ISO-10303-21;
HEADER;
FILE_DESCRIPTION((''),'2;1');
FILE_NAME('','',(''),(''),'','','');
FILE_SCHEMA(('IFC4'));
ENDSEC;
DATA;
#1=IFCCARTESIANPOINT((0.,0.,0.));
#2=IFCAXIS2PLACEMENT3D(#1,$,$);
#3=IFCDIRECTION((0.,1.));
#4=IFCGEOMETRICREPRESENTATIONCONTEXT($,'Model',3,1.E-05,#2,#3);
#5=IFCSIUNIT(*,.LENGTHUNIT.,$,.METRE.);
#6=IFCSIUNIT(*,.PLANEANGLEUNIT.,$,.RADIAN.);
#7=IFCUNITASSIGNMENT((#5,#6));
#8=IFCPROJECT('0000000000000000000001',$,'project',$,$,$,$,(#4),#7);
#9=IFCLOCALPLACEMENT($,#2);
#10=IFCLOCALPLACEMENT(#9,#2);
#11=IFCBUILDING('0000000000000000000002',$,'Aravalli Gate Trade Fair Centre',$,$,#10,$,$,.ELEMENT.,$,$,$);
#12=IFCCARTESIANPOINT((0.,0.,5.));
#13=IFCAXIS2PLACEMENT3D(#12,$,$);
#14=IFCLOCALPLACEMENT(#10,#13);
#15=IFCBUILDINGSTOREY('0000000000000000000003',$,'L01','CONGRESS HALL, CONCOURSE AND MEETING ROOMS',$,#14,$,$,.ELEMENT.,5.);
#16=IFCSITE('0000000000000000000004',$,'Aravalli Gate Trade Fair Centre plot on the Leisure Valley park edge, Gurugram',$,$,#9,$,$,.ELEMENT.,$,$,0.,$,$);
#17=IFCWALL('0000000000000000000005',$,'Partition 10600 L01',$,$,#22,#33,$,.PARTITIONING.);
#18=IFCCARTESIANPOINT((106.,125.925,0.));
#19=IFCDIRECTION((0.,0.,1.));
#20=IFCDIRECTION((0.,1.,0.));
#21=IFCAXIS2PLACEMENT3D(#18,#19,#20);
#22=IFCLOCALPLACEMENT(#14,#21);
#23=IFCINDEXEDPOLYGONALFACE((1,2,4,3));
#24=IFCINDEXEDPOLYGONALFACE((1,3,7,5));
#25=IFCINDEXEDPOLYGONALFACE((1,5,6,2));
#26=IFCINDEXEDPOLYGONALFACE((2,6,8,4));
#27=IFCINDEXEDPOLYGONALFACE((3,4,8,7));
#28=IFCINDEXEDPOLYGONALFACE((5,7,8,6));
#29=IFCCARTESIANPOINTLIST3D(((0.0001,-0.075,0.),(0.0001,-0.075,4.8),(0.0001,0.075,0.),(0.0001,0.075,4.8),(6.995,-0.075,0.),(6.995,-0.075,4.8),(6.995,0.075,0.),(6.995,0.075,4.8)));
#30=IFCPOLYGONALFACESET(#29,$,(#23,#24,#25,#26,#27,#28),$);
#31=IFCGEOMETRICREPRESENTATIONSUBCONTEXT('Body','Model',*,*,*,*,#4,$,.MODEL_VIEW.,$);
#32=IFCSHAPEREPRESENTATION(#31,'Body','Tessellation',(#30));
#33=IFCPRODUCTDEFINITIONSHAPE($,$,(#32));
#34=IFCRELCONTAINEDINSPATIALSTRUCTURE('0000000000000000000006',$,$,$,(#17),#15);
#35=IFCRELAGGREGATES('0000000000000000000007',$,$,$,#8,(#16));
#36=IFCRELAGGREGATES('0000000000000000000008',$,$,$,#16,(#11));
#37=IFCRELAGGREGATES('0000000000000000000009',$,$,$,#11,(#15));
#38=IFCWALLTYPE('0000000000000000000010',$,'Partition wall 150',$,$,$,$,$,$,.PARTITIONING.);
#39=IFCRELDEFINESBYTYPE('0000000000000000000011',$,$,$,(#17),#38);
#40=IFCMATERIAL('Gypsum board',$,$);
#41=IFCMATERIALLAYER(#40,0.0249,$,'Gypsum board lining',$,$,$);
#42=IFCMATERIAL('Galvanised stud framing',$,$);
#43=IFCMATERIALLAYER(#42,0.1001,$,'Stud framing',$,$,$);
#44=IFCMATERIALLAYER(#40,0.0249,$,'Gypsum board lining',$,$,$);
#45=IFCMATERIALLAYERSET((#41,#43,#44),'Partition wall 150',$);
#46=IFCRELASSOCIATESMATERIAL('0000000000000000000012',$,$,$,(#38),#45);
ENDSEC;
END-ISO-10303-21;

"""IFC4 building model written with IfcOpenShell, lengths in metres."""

from ifc_helpers import new_model, si_unit, direction, frame, frame_2d, origin, place, context, subcontext, project, spatial, rectangle, extrude, material, layer, layer_set, type_object, element, save


model = new_model("IFC4")

# Units and contexts
model_context = context("Model", 3, precision=1e-05, world=origin(), true_north=direction((0.0, 1.0)))
body_context = subcontext(model_context, "Body", "Model", "MODEL_VIEW")
ifc_project = project(units=[si_unit("LENGTHUNIT", "METRE"), si_unit("PLANEANGLEUNIT", "RADIAN")], contexts=[model_context])

# Site, building, storey
site_placement = place(None, origin())
site = spatial("IfcSite", under=ifc_project, at=site_placement, Name="Aravalli Gate Trade Fair Centre plot on the Leisure Valley park edge, Gurugram", CompositionType="ELEMENT", RefElevation=0.0)
building_placement = place(site_placement, origin())
building = spatial("IfcBuilding", under=site, at=building_placement, Name="Aravalli Gate Trade Fair Centre", CompositionType="ELEMENT")
storey_placement = place(building_placement, frame((0.0, 0.0, 5.0)))
storey = spatial("IfcBuildingStorey", under=building, at=storey_placement, Name="L01", Description="CONGRESS HALL, CONCOURSE AND MEETING ROOMS", CompositionType="ELEMENT", Elevation=5.0)

# Shared definitions
ifc_material_1 = material(Name="Gypsum board")
ifc_layer_1 = layer(ifc_material_1, 0.0249, Name="Gypsum board lining")
ifc_material_2 = material(Name="Galvanised stud framing")
ifc_layer_2 = layer(ifc_material_2, 0.1001, Name="Stud framing")
ifc_layer_3 = layer(ifc_material_1, 0.0249, Name="Gypsum board lining")
ifc_layer_set_1 = layer_set([ifc_layer_1, ifc_layer_2, ifc_layer_3], Name="Partition wall 150")
wall_type_1 = type_object("IfcWallType", Name="Partition wall 150", PredefinedType="PARTITIONING", material=ifc_layer_set_1)

# Wall
wall_1_placement = place(storey_placement, frame((106.0, 125.925, 0.0), z_axis=(0.0, 0.0, 1.0), x_axis=(0.0, 1.0, 0.0)))
element("IfcWall", 1, at=wall_1_placement, inside=storey, type_object=wall_type_1, Name="Partition 10600 L01", PredefinedType="PARTITIONING", context=body_context, shape_type="SweptSolid", body=[
    extrude(rectangle(XDim=6.9949, YDim=0.1499, at=frame_2d((3.4976, 0.0))), origin(), (0.0, 0.0, 1.0), 4.8),
])

save(model, "model.ifc")
